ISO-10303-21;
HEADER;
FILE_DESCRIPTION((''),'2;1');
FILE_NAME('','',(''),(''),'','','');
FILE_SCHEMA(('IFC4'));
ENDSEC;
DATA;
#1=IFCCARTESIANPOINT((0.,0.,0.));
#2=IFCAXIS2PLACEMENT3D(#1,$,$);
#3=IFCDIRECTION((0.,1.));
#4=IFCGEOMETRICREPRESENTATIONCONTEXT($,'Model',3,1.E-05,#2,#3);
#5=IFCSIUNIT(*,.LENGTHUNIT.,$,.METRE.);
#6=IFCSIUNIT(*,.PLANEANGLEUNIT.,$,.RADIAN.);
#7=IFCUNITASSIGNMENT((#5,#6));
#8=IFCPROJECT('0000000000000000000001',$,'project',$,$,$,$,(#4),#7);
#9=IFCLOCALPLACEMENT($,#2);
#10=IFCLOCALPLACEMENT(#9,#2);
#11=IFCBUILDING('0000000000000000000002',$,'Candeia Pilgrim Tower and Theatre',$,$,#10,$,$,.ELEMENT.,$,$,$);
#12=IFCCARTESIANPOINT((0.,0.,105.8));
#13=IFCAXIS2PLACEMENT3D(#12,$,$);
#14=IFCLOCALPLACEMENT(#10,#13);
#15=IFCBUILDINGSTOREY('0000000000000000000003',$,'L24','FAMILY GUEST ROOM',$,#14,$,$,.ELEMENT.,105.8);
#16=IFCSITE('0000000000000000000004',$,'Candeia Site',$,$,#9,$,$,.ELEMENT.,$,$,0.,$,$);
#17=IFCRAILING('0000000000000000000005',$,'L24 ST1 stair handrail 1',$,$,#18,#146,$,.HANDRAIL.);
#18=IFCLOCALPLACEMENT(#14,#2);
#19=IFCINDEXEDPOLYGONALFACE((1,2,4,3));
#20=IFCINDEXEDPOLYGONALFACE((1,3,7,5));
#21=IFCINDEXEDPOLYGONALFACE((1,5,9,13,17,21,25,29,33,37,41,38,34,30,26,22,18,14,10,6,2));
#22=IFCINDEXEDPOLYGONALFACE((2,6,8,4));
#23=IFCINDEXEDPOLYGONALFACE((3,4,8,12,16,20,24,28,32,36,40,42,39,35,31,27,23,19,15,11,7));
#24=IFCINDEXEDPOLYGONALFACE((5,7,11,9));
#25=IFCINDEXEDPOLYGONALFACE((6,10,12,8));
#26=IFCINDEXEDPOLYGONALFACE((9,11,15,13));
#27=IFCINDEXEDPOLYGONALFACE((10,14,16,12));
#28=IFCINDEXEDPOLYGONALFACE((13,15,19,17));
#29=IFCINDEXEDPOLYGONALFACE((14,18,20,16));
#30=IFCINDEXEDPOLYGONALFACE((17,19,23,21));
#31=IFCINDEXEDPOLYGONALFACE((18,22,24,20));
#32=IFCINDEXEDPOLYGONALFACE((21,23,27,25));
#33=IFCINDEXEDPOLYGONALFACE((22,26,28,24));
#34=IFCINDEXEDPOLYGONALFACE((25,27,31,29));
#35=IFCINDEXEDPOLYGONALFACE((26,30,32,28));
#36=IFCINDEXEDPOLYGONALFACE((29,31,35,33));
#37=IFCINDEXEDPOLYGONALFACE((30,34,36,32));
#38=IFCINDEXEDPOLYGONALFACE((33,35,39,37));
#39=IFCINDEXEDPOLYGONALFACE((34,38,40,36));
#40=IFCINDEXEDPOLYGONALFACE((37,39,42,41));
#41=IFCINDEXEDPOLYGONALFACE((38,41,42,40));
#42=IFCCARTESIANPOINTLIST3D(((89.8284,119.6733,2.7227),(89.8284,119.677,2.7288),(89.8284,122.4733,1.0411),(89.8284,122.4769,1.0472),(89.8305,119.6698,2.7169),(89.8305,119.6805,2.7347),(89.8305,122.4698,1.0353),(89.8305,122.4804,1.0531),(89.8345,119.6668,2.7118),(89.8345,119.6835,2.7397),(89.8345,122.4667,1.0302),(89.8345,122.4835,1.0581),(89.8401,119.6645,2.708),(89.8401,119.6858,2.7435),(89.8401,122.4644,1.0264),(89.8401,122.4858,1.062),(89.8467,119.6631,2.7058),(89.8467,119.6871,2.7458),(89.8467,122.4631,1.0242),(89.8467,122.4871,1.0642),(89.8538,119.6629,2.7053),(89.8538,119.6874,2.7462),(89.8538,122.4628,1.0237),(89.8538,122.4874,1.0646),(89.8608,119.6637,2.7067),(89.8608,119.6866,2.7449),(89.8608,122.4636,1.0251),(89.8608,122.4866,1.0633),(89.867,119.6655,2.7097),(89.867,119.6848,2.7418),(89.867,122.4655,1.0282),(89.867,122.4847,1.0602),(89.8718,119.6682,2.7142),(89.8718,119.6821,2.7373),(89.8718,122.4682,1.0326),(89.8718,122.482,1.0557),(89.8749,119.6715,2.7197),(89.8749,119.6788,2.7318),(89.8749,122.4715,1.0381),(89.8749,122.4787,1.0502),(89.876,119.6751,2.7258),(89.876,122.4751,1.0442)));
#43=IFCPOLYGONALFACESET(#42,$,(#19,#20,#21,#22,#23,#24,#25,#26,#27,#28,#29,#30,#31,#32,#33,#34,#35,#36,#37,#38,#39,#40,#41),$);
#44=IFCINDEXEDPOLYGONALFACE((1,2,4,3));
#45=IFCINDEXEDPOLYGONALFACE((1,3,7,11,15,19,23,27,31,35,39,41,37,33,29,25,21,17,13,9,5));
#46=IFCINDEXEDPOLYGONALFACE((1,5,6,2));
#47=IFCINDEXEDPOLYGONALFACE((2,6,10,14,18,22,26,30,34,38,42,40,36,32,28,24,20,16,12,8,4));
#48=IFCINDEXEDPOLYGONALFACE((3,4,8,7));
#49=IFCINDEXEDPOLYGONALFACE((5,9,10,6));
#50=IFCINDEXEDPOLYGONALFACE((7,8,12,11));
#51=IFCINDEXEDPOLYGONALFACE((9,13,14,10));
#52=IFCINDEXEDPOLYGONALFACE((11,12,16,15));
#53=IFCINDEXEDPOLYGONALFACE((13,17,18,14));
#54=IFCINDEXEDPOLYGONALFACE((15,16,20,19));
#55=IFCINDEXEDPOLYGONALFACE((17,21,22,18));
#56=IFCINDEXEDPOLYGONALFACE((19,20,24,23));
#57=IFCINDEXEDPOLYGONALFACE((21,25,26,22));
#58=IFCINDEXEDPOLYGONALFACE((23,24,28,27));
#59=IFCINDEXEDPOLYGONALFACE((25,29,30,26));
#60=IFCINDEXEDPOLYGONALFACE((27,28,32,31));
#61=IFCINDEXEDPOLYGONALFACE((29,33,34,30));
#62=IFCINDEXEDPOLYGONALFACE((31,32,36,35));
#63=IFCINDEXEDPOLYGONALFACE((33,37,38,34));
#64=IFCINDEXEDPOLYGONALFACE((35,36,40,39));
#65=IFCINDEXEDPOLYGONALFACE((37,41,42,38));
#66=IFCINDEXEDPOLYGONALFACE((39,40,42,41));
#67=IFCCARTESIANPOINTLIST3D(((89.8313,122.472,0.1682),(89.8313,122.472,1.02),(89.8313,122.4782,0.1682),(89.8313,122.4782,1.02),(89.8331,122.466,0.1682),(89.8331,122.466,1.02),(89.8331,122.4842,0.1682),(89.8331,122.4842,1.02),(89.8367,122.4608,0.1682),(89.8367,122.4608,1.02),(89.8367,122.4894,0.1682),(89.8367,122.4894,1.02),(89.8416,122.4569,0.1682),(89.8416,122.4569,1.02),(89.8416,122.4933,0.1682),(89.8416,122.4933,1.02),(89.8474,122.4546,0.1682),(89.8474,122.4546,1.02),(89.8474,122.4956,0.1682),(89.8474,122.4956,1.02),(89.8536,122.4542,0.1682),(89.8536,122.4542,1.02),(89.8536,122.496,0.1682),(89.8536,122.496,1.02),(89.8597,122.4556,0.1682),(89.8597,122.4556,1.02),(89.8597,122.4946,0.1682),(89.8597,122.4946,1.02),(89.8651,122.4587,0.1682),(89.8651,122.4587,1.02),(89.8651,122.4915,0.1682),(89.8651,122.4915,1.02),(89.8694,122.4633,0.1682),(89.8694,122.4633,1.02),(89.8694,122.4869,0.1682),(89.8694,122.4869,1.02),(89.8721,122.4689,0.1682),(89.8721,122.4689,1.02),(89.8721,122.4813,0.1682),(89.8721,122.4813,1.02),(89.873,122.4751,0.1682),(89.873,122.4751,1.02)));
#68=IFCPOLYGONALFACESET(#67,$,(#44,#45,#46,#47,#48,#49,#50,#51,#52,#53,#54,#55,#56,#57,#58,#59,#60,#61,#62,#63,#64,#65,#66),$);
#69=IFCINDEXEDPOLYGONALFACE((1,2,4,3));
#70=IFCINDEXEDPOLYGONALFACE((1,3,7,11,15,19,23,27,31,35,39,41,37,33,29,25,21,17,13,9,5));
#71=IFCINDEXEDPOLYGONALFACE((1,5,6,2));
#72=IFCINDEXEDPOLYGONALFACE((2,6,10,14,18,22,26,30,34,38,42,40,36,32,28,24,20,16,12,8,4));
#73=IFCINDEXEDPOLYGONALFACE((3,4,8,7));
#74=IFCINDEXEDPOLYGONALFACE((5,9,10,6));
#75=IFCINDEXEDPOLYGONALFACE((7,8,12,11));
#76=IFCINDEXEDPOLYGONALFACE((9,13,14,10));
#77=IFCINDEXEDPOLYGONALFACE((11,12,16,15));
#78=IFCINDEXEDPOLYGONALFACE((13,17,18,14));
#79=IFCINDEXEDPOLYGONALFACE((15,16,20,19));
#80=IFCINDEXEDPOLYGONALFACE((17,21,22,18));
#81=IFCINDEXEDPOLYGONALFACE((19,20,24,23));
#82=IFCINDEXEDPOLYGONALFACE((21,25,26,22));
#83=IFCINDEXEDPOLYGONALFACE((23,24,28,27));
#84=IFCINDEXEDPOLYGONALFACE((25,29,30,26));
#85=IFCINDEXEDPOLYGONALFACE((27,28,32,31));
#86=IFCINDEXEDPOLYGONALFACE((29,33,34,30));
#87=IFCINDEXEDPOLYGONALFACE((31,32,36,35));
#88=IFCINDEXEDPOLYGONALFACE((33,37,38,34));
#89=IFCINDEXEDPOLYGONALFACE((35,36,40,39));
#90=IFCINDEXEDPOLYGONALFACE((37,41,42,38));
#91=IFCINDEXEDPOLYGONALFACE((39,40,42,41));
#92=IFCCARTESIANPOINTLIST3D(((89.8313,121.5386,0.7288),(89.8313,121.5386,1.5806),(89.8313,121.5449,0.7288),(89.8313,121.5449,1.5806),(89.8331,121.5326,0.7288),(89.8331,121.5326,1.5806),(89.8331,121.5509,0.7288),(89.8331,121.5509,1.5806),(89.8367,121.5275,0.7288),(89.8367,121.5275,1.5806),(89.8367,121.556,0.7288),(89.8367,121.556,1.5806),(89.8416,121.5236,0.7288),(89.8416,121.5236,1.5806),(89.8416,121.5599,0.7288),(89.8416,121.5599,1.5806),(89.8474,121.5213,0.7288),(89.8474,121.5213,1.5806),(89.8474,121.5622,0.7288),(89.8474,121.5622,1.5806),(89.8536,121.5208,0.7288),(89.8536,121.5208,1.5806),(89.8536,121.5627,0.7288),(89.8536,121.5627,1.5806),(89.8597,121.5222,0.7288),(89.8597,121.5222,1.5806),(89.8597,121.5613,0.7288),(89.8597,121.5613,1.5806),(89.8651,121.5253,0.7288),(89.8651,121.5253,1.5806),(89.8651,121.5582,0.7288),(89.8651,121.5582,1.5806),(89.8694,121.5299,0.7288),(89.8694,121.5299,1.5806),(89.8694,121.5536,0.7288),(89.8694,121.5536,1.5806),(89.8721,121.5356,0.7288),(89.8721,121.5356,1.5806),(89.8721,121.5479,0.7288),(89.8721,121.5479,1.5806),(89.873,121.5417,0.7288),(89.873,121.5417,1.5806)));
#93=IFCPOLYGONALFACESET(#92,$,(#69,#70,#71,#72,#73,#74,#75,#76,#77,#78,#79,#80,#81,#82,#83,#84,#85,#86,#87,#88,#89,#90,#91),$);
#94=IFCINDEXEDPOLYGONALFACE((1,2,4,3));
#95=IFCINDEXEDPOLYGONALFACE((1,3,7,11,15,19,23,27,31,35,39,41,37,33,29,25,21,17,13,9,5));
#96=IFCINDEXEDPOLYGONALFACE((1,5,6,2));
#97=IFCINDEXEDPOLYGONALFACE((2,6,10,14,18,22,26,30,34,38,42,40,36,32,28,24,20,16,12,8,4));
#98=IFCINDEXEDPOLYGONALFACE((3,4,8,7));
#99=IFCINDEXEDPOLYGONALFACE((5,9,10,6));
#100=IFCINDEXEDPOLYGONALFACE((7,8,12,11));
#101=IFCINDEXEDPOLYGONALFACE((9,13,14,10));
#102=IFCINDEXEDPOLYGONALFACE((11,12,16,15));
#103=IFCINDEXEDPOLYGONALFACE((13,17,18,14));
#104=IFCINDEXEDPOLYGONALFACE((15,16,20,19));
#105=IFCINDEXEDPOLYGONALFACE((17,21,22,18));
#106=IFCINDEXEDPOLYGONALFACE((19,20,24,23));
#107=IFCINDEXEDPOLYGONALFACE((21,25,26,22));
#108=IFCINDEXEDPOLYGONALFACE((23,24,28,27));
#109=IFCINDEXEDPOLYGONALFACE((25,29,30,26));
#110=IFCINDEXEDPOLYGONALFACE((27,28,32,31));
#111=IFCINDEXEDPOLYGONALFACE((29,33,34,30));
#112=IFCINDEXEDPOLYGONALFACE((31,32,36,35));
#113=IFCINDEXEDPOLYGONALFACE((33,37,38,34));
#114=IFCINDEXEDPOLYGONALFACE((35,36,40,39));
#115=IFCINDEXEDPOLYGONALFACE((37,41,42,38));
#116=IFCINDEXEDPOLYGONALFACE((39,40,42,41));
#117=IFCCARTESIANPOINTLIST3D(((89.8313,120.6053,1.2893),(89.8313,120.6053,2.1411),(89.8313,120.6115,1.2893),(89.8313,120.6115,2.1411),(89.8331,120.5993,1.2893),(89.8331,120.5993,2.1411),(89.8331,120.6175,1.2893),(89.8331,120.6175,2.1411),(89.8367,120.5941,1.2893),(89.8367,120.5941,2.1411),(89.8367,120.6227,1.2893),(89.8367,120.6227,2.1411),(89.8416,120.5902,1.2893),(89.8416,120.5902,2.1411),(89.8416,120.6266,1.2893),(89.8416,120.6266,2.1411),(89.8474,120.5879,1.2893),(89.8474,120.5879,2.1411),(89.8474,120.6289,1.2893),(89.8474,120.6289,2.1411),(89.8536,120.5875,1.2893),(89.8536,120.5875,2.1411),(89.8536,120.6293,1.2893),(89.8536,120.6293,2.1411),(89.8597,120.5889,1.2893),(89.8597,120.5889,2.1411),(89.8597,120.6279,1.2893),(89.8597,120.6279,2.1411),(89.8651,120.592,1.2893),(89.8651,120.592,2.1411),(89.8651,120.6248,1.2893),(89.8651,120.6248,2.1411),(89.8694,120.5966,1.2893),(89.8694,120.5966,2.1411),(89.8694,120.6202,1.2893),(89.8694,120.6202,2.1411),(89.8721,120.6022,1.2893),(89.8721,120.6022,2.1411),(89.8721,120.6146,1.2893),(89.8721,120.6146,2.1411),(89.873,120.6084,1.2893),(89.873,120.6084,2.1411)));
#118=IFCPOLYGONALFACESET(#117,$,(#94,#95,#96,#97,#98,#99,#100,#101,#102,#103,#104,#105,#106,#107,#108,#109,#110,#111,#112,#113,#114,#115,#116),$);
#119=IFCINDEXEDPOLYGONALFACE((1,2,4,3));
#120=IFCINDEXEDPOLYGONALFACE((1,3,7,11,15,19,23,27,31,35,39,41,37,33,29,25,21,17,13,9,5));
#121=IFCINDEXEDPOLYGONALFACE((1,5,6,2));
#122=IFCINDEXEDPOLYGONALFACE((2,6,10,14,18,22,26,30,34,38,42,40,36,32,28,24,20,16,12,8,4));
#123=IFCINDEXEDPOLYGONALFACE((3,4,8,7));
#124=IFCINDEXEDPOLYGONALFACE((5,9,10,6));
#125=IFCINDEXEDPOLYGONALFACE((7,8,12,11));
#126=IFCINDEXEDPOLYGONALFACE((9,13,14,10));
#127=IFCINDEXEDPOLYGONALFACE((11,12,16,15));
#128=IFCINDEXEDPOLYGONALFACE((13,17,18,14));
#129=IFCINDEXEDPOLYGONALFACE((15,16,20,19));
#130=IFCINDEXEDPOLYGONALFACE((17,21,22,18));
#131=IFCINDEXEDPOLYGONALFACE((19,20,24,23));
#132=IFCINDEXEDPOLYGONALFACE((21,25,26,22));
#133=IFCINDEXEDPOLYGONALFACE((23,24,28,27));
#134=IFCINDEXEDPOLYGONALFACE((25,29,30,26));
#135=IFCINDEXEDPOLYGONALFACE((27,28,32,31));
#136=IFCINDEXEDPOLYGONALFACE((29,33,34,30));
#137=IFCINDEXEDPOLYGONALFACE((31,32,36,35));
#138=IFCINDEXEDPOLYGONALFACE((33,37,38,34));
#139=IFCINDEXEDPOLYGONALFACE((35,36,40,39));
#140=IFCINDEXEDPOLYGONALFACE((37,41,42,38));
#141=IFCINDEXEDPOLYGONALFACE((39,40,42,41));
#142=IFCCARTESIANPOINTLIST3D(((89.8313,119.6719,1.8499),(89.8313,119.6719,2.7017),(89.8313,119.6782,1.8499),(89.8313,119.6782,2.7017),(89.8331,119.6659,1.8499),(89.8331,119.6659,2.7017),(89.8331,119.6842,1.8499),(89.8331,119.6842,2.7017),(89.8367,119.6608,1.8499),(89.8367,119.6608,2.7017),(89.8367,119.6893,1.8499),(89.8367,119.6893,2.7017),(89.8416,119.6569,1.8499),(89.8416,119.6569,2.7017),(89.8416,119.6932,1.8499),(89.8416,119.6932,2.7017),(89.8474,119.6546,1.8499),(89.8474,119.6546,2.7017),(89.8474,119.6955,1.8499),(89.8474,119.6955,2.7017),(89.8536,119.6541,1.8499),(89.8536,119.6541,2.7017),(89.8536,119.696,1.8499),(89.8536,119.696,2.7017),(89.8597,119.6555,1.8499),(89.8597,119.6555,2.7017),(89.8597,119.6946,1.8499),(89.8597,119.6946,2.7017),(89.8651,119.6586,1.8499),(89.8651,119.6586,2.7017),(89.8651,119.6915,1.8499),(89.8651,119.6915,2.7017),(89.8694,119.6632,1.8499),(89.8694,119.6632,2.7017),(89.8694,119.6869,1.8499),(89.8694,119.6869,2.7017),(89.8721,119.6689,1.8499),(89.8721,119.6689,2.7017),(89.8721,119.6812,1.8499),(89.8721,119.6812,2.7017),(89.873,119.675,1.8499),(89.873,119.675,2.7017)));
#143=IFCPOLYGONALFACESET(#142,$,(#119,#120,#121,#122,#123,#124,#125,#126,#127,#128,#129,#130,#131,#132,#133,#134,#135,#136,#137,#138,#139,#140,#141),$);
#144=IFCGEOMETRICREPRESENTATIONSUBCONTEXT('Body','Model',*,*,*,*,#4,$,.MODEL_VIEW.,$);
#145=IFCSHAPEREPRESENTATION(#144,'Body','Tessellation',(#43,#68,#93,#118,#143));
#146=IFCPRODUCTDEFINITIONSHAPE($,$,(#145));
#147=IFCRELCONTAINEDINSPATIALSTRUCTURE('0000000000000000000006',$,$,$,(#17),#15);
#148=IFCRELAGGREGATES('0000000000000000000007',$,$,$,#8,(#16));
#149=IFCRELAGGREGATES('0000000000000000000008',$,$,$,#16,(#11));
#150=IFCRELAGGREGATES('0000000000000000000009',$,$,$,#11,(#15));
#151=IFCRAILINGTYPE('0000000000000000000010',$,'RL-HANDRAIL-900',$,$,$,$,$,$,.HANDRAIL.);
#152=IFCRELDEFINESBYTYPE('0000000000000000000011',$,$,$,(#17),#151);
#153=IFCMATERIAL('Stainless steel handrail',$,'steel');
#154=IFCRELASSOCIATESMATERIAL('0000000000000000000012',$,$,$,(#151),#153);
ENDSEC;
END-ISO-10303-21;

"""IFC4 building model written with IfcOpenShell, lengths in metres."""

from ifc_helpers import new_model, si_unit, direction, frame, origin, origin_2d, place, context, subcontext, project, spatial, circle, extrude, material, type_object, element, save


model = new_model("IFC4")

# Units and contexts
model_context = context("Model", 3, precision=1e-05, world=origin(), true_north=direction((0.0, 1.0)))
body_context = subcontext(model_context, "Body", "Model", "MODEL_VIEW")
ifc_project = project(units=[si_unit("LENGTHUNIT", "METRE"), si_unit("PLANEANGLEUNIT", "RADIAN")], contexts=[model_context])

# Site, building, storey
site_placement = place(None, origin())
site = spatial("IfcSite", under=ifc_project, at=site_placement, Name="Candeia Site", CompositionType="ELEMENT", RefElevation=0.0)
building_placement = place(site_placement, origin())
building = spatial("IfcBuilding", under=site, at=building_placement, Name="Candeia Pilgrim Tower and Theatre", CompositionType="ELEMENT")
storey_placement = place(building_placement, frame((0.0, 0.0, 105.8)))
storey = spatial("IfcBuildingStorey", under=building, at=storey_placement, Name="L24", Description="FAMILY GUEST ROOM", CompositionType="ELEMENT", Elevation=105.8)

# Railing
ifc_material_1 = material(Name="Stainless steel handrail", Category="steel")
railing_type_1 = type_object("IfcRailingType", Name="RL-HANDRAIL-900", PredefinedType="HANDRAIL", material=ifc_material_1)
railing_1_placement = place(storey_placement, frame((89.8521, 122.4751, 0.1682)))
element("IfcRailing", 1, at=railing_1_placement, inside=storey, type_object=railing_type_1, Name="L24 ST1 stair handrail 1", PredefinedType="HANDRAIL", context=body_context, shape_type="SweptSolid", body=[
    extrude(circle(Radius=0.0239, at=origin_2d()), frame((0.0, 0.0, 0.876), z_axis=(0.0, -0.857275, 0.514858), x_axis=(1.0, 0.0, 0.0)), (0.0, 0.0, 1.0), 3.2661),
    extrude(circle(Radius=0.021, at=origin_2d()), origin(), (0.0, 0.0, 1.0), 0.8518),
    extrude(circle(Radius=0.021, at=origin_2d()), frame((0.0, -0.9333, 0.5605)), (0.0, 0.0, 1.0), 0.8518),
    extrude(circle(Radius=0.021, at=origin_2d()), frame((0.0, -1.8667, 1.1211)), (0.0, 0.0, 1.0), 0.8518),
    extrude(circle(Radius=0.021, at=origin_2d()), frame((0.0, -2.8, 1.6816)), (0.0, 0.0, 1.0), 0.8518),
])

save(model, "model.ifc")
